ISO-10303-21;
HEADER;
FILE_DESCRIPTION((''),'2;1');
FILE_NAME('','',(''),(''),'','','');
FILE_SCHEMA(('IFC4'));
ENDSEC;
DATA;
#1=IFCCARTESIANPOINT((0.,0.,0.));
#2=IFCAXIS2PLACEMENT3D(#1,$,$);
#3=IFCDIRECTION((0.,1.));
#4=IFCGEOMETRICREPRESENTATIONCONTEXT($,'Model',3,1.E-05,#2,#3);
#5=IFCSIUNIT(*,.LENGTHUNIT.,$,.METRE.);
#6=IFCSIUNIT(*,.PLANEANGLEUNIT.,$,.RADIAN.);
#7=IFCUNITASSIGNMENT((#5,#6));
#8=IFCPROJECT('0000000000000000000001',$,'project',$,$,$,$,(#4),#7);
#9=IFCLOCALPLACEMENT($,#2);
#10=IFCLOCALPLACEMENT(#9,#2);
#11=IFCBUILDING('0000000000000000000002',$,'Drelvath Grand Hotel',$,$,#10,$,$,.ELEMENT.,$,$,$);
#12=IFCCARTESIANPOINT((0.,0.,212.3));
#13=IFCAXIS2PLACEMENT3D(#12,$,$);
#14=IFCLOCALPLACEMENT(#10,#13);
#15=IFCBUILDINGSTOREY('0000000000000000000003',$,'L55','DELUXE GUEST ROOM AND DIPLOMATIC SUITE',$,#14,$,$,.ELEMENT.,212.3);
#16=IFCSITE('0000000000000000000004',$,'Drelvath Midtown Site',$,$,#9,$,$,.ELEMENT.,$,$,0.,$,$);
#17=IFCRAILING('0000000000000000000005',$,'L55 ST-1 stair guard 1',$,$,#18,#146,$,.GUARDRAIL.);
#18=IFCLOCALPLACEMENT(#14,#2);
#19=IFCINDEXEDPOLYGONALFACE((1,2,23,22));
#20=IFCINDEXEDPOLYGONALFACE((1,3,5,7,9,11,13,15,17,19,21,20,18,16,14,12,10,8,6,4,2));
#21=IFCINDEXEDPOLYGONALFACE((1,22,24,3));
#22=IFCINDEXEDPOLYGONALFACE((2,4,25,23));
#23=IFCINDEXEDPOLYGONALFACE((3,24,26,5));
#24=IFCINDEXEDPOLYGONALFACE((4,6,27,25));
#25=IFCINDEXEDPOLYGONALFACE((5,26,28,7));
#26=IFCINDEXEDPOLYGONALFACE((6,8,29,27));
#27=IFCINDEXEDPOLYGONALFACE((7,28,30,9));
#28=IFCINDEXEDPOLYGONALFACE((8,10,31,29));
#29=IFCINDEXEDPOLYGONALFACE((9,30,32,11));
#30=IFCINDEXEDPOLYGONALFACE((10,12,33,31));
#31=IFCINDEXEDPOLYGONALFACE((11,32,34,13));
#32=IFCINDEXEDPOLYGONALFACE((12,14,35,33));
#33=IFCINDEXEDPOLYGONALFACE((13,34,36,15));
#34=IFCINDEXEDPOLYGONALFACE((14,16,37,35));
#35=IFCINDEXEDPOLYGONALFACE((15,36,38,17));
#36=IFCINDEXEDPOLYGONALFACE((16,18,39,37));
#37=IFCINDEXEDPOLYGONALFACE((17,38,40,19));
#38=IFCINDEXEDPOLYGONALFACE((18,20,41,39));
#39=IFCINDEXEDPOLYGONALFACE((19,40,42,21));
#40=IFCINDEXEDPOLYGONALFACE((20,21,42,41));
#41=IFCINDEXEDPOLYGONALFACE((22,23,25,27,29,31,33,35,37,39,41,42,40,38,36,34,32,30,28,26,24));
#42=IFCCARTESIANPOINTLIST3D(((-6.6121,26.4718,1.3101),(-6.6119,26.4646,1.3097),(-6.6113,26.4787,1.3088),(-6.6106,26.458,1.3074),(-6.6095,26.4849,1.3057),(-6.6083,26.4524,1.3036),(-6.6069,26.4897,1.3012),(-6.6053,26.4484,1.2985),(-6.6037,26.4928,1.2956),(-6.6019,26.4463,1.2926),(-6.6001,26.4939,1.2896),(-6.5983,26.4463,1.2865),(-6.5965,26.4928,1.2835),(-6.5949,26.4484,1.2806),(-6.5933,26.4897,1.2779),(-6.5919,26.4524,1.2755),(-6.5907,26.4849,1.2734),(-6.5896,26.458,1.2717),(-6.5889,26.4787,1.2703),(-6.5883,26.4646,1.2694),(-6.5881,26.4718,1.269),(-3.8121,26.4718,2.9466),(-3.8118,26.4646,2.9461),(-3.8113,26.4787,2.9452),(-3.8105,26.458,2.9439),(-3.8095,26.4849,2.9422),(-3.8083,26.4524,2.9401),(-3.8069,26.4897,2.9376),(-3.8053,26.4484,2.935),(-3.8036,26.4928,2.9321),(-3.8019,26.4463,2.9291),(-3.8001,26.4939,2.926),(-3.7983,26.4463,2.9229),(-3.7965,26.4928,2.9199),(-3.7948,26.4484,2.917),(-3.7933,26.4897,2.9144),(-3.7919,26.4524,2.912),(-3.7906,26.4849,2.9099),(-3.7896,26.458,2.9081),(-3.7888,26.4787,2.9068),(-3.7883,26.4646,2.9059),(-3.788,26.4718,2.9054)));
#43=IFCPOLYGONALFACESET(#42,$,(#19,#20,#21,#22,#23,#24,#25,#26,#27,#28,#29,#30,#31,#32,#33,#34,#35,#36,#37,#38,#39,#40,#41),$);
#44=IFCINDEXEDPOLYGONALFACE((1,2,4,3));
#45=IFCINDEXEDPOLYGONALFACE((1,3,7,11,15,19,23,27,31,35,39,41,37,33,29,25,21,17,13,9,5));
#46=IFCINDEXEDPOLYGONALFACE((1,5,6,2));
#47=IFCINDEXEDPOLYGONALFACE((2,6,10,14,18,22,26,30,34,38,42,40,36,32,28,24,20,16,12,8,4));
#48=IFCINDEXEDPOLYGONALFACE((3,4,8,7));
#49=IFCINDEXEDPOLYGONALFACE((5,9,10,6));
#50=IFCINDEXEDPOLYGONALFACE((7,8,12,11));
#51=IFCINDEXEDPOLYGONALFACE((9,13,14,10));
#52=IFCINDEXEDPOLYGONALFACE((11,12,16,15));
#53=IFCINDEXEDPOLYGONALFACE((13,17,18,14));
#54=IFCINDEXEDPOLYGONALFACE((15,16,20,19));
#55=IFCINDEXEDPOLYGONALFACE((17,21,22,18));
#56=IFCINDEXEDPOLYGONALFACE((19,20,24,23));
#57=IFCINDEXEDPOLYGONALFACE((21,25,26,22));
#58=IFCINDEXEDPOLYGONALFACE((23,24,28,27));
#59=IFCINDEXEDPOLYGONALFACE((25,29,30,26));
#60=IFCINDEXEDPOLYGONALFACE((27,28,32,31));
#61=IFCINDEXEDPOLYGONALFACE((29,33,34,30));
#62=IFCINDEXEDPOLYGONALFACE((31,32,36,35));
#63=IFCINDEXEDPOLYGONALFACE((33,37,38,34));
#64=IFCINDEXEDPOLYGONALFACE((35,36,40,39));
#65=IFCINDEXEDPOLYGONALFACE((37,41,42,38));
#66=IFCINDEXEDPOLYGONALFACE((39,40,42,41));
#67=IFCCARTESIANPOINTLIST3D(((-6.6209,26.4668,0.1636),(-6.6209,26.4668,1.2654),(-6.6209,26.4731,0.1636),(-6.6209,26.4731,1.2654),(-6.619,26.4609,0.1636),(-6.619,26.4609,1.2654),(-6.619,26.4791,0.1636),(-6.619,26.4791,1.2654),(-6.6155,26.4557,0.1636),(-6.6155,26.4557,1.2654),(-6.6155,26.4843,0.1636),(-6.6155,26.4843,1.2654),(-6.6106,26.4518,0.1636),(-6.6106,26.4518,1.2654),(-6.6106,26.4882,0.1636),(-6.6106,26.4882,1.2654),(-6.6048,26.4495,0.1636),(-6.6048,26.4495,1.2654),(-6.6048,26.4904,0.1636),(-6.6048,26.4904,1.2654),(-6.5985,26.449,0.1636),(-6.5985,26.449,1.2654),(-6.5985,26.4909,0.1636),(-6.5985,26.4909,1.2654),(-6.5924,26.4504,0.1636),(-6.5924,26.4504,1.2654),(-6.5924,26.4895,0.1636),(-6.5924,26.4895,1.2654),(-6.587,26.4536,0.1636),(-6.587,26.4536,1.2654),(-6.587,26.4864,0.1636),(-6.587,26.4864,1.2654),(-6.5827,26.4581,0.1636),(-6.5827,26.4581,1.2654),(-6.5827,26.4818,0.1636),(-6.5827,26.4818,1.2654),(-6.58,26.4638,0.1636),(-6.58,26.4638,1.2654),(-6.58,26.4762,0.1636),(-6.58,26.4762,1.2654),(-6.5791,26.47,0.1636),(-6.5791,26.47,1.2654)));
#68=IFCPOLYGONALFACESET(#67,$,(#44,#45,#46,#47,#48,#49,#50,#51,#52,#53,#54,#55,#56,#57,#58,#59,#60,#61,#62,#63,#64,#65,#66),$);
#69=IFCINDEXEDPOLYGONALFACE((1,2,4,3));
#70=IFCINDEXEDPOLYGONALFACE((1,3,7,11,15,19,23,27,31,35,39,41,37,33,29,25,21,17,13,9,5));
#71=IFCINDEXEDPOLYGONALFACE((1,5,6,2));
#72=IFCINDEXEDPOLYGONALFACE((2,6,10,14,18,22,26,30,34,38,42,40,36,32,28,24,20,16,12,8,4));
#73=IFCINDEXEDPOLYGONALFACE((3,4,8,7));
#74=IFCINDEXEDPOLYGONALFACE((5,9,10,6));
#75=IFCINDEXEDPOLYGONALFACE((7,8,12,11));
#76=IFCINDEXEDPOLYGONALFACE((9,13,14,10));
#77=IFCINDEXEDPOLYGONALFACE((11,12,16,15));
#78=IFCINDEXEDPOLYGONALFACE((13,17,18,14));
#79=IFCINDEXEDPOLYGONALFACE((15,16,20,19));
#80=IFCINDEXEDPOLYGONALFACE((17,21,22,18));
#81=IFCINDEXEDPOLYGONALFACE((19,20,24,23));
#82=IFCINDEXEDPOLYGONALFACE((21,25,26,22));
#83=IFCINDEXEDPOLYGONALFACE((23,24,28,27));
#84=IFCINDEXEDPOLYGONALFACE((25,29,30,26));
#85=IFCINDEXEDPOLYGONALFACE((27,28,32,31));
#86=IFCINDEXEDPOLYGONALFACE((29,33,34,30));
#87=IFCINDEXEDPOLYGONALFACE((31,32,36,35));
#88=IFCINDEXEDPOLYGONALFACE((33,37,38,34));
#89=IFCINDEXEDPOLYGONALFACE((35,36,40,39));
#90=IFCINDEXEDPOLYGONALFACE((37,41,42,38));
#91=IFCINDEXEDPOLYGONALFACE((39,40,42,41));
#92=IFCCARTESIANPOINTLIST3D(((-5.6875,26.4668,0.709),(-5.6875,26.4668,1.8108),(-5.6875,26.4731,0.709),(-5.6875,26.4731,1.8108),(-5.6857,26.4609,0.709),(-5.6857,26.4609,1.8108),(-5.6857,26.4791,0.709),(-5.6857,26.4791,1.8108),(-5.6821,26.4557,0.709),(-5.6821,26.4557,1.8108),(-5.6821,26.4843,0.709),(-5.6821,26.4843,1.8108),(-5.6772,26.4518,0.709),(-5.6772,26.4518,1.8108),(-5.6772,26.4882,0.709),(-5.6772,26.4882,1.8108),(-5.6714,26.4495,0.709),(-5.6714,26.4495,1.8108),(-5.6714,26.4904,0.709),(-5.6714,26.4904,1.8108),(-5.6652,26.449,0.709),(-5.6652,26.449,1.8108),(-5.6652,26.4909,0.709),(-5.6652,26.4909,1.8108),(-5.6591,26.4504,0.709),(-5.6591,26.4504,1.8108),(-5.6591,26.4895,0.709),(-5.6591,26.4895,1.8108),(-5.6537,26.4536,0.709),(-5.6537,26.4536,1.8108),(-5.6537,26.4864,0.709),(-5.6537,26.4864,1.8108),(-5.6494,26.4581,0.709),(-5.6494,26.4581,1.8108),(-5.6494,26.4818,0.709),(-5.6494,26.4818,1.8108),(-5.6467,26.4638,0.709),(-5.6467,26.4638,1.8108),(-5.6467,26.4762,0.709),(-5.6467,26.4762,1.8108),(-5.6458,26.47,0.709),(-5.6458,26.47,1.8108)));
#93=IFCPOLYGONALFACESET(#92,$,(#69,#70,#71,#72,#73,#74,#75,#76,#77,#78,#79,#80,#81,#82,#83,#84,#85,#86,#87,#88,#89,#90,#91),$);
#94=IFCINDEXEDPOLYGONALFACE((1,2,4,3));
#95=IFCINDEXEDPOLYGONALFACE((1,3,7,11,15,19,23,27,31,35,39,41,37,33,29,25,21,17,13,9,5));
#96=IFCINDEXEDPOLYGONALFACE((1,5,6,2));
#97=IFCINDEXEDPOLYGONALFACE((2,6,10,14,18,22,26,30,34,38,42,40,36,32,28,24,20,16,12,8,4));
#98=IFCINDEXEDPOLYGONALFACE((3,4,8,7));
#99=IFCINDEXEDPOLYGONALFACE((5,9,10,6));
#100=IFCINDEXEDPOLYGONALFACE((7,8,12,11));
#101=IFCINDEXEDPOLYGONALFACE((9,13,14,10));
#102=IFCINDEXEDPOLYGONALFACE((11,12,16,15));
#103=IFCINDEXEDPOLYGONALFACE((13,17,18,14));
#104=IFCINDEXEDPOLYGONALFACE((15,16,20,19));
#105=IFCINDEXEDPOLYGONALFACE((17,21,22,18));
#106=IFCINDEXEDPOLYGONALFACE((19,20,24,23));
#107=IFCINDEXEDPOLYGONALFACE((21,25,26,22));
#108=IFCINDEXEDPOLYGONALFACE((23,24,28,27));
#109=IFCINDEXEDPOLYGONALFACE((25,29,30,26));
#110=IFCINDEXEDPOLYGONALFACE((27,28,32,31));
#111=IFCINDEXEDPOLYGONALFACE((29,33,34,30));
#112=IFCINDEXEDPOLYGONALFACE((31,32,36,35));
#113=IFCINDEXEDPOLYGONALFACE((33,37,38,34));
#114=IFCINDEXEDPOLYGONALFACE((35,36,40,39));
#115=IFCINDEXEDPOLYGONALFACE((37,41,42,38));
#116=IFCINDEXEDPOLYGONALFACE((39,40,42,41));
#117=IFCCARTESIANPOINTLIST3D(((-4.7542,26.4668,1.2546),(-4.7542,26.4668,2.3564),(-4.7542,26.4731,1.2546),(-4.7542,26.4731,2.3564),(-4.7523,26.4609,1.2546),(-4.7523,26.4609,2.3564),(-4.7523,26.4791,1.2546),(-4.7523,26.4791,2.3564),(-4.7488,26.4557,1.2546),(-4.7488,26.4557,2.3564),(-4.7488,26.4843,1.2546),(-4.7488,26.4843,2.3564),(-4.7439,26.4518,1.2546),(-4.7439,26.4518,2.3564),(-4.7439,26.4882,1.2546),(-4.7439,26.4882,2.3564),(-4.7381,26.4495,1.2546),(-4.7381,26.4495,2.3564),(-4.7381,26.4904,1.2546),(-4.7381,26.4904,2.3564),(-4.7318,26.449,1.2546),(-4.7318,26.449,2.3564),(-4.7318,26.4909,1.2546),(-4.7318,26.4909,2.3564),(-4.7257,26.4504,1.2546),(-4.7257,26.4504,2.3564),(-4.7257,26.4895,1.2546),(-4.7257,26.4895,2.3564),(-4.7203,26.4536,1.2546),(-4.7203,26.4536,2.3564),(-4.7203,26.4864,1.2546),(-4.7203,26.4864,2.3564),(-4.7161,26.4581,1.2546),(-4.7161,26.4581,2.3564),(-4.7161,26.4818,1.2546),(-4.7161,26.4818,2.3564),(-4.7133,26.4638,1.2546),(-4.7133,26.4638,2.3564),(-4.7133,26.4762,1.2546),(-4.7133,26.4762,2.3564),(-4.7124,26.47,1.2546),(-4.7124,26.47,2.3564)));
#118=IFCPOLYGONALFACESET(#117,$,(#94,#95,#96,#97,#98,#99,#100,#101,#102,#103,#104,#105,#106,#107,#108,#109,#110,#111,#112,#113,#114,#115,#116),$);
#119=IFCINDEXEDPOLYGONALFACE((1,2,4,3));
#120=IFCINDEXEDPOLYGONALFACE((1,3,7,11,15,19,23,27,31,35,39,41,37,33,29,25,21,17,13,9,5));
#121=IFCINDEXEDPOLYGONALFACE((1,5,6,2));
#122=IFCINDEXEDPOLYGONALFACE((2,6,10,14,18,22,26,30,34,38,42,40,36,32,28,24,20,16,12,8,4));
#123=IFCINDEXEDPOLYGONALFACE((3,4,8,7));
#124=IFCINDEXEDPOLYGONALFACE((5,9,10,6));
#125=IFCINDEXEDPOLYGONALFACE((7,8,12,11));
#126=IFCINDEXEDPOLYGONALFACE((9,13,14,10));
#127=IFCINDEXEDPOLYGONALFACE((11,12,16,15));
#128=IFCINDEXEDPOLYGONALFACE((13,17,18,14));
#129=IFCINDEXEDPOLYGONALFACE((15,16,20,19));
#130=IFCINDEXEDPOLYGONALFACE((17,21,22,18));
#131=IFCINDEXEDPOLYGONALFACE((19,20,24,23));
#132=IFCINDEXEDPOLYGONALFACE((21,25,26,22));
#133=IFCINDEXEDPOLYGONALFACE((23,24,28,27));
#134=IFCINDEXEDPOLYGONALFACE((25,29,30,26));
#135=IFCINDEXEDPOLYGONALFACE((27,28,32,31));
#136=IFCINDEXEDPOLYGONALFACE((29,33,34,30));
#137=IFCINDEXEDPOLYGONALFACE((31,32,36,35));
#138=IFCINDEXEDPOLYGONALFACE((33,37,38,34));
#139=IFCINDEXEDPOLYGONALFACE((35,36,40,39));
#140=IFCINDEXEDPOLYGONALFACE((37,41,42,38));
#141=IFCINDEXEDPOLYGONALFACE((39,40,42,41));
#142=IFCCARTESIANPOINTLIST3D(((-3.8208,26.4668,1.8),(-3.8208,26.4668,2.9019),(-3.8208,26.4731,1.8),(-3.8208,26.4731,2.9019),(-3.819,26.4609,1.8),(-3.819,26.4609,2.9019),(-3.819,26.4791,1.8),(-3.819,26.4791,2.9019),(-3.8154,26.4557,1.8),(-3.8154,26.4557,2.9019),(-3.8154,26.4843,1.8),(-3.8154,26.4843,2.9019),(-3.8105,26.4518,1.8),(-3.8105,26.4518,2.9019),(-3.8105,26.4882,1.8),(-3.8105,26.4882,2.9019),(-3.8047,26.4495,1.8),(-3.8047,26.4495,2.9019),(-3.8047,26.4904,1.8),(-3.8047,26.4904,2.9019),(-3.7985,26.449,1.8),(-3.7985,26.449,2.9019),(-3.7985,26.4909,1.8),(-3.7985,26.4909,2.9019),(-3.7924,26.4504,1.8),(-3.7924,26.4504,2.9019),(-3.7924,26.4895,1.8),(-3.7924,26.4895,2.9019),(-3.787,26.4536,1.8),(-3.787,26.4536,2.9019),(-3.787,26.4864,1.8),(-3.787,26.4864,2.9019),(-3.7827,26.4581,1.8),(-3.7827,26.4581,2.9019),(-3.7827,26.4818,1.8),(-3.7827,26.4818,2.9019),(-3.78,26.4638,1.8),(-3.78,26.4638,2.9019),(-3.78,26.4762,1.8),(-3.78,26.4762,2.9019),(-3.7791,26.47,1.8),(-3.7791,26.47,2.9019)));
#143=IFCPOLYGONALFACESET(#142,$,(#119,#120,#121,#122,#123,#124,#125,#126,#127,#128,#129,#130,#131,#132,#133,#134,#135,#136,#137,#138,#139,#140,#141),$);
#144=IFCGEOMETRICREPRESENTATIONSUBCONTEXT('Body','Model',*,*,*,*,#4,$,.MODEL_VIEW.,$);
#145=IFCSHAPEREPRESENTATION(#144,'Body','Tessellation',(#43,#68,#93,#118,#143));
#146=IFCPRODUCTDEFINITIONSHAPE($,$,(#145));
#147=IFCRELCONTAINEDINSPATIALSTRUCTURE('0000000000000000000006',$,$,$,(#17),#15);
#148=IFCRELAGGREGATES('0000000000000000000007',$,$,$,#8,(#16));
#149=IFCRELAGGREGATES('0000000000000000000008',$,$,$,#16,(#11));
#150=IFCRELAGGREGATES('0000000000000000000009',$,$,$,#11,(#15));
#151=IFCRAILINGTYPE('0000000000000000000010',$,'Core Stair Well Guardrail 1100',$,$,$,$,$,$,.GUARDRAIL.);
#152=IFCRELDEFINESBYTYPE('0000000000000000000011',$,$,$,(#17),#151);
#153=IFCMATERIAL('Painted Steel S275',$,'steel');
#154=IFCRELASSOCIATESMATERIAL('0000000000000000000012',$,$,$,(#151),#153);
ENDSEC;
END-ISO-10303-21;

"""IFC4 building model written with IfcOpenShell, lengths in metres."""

from ifc_helpers import new_model, si_unit, direction, frame, origin, origin_2d, place, context, subcontext, project, spatial, circle, extrude, material, type_object, element, save


model = new_model("IFC4")

# Units and contexts
model_context = context("Model", 3, precision=1e-05, world=origin(), true_north=direction((0.0, 1.0)))
body_context = subcontext(model_context, "Body", "Model", "MODEL_VIEW")
ifc_project = project(units=[si_unit("LENGTHUNIT", "METRE"), si_unit("PLANEANGLEUNIT", "RADIAN")], contexts=[model_context])

# Site, building, storey
site_placement = place(None, origin())
site = spatial("IfcSite", under=ifc_project, at=site_placement, Name="Drelvath Midtown Site", CompositionType="ELEMENT", RefElevation=0.0)
building_placement = place(site_placement, origin())
building = spatial("IfcBuilding", under=site, at=building_placement, Name="Drelvath Grand Hotel", CompositionType="ELEMENT")
storey_placement = place(building_placement, frame((0.0, 0.0, 212.3)))
storey = spatial("IfcBuildingStorey", under=building, at=storey_placement, Name="L55", Description="DELUXE GUEST ROOM AND DIPLOMATIC SUITE", CompositionType="ELEMENT", Elevation=212.3)

# Shared definitions
ifc_material_1 = material(Name="Painted Steel S275", Category="steel")

# Railing
railing_type_1 = type_object("IfcRailingType", Name="Core Stair Well Guardrail 1100", PredefinedType="GUARDRAIL", material=ifc_material_1)
railing_1_placement = place(storey_placement, frame((-6.6001, 26.47, 0.1636)))
element("IfcRailing", 1, at=railing_1_placement, inside=storey, type_object=railing_type_1, Name="L55 ST-1 stair guard 1", PredefinedType="GUARDRAIL", context=body_context, shape_type="SweptSolid", body=[
    extrude(circle(Radius=0.0239, at=origin_2d()), frame((0.0, 0.0, 1.126), z_axis=(0.863361, 0.0, 0.504587), x_axis=(0.0, 1.0, 0.0)), (0.0, 0.0, 1.0), 3.2432),
    extrude(circle(Radius=0.021, at=origin_2d()), origin(), (0.0, 0.0, 1.0), 1.1018),
    extrude(circle(Radius=0.021, at=origin_2d()), frame((0.9333, 0.0, 0.5454)), (0.0, 0.0, 1.0), 1.1018),
    extrude(circle(Radius=0.021, at=origin_2d()), frame((1.8667, 0.0, 1.0911)), (0.0, 0.0, 1.0), 1.1018),
    extrude(circle(Radius=0.021, at=origin_2d()), frame((2.8, 0.0, 1.6365)), (0.0, 0.0, 1.0), 1.1018),
])

save(model, "model.ifc")
